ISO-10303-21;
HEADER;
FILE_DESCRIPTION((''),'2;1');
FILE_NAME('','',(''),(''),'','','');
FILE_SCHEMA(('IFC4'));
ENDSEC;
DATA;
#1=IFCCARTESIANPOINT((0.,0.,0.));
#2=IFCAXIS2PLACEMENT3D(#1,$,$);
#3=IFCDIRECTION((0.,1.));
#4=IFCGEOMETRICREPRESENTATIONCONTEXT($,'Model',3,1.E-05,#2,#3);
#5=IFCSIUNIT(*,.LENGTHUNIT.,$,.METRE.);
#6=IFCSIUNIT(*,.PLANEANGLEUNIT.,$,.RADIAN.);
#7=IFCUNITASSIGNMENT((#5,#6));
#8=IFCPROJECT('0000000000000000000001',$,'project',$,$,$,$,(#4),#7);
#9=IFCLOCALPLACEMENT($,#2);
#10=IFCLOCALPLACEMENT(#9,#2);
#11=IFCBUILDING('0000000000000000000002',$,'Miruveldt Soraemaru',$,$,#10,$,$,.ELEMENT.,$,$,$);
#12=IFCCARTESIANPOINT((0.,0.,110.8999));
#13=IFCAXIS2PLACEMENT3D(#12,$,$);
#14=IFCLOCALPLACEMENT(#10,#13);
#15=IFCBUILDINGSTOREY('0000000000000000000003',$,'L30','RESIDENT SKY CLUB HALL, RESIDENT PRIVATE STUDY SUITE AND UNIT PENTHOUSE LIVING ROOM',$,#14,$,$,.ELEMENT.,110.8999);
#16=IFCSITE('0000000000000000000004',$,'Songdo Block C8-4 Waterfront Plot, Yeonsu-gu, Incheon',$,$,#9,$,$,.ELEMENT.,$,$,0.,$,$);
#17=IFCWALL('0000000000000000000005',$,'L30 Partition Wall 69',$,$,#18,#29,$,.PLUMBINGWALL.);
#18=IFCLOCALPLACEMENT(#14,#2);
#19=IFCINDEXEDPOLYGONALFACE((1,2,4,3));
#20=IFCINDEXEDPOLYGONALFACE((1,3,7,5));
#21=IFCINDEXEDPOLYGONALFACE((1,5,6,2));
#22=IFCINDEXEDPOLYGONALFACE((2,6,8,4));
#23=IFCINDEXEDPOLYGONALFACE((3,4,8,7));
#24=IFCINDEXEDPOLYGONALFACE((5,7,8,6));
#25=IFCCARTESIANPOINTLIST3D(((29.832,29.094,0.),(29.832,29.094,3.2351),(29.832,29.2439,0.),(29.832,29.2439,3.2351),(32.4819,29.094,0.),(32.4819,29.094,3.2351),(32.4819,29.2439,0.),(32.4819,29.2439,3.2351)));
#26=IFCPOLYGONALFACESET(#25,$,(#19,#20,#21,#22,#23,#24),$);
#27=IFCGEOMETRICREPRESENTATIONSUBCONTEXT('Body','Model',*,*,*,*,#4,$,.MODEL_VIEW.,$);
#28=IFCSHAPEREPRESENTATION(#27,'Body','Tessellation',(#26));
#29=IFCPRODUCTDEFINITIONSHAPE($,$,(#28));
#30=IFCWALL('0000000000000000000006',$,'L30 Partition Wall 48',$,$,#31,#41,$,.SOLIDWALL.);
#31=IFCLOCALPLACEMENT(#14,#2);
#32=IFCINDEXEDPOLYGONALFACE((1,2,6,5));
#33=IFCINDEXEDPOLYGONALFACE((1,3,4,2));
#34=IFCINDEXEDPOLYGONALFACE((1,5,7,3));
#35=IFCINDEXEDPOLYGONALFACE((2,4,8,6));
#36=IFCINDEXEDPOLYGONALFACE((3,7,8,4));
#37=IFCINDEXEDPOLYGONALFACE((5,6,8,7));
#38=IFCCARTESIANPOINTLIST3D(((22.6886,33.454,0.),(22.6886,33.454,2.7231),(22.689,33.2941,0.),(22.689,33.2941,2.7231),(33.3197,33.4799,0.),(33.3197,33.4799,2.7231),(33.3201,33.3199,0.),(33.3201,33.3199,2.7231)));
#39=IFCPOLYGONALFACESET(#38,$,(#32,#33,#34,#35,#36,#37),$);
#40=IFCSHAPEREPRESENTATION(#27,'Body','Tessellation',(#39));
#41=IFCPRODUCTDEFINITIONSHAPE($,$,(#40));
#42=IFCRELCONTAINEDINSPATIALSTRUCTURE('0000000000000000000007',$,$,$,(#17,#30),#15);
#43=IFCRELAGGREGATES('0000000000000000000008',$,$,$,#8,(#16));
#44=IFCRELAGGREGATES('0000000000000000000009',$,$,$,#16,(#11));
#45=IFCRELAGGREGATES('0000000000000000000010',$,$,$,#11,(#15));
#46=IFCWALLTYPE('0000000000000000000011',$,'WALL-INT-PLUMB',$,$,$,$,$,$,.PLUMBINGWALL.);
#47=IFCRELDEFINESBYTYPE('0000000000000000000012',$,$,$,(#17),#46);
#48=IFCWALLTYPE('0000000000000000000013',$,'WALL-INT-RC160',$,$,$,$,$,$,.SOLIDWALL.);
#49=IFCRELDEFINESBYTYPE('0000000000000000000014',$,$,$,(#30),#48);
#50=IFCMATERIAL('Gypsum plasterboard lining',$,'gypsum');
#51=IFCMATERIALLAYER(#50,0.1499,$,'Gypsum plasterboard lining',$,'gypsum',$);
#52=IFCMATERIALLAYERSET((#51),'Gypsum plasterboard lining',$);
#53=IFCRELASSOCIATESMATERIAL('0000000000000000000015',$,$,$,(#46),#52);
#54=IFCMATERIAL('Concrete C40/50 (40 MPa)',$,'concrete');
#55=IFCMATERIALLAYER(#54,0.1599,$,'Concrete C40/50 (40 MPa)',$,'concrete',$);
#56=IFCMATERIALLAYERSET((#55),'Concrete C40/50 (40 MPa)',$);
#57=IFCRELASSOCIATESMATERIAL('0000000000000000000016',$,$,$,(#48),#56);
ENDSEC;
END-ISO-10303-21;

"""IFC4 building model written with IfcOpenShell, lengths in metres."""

from ifc_helpers import new_model, si_unit, direction, frame, frame_2d, origin, place, context, subcontext, project, spatial, rectangle, extrude, material, layer, layer_set, type_object, element, save


model = new_model("IFC4")

# Units and contexts
model_context = context("Model", 3, precision=1e-05, world=origin(), true_north=direction((0.0, 1.0)))
body_context = subcontext(model_context, "Body", "Model", "MODEL_VIEW")
ifc_project = project(units=[si_unit("LENGTHUNIT", "METRE"), si_unit("PLANEANGLEUNIT", "RADIAN")], contexts=[model_context])

# Site, building, storey
site_placement = place(None, origin())
site = spatial("IfcSite", under=ifc_project, at=site_placement, Name="Songdo Block C8-4 Waterfront Plot, Yeonsu-gu, Incheon", CompositionType="ELEMENT", RefElevation=0.0)
building_placement = place(site_placement, origin())
building = spatial("IfcBuilding", under=site, at=building_placement, Name="Miruveldt Soraemaru", CompositionType="ELEMENT")
storey_placement = place(building_placement, frame((0.0, 0.0, 110.8999)))
storey = spatial("IfcBuildingStorey", under=building, at=storey_placement, Name="L30", Description="RESIDENT SKY CLUB HALL, RESIDENT PRIVATE STUDY SUITE AND UNIT PENTHOUSE LIVING ROOM", CompositionType="ELEMENT", Elevation=110.8999)

# Shared definitions
ifc_material_1 = material(Name="Concrete C40/50 (40 MPa)", Category="concrete")

# Walls
ifc_material_2 = material(Name="Gypsum plasterboard lining", Category="gypsum")
ifc_layer_1 = layer(ifc_material_2, 0.1499, Name="Gypsum plasterboard lining", Category="gypsum")
ifc_layer_set_1 = layer_set([ifc_layer_1], Name="Gypsum plasterboard lining")
wall_type_1 = type_object("IfcWallType", Name="WALL-INT-PLUMB", PredefinedType="PLUMBINGWALL", material=ifc_layer_set_1)
wall_1_placement = place(storey_placement, frame((29.832, 29.1689, 0.0), z_axis=(0.0, 0.0, 1.0), x_axis=(1.0, 0.0, 0.0)))
element("IfcWall", 1, at=wall_1_placement, inside=storey, type_object=wall_type_1, Name="L30 Partition Wall 69", PredefinedType="PLUMBINGWALL", context=body_context, shape_type="SweptSolid", body=[
    extrude(rectangle(XDim=2.6499, YDim=0.1499, at=frame_2d((1.325, 0.0))), origin(), (0.0, 0.0, 1.0), 3.2351),
])
ifc_layer_2 = layer(ifc_material_1, 0.1599, Name="Concrete C40/50 (40 MPa)", Category="concrete")
ifc_layer_set_2 = layer_set([ifc_layer_2], Name="Concrete C40/50 (40 MPa)")
wall_type_2 = type_object("IfcWallType", Name="WALL-INT-RC160", PredefinedType="SOLIDWALL", material=ifc_layer_set_2)
wall_2_placement = place(storey_placement, frame((22.689, 33.374, 0.0), z_axis=(0.0, 0.0, 1.0), x_axis=(0.999997, 0.002434, 0.0)))
element("IfcWall", 2, at=wall_2_placement, inside=storey, type_object=wall_type_2, Name="L30 Partition Wall 48", PredefinedType="SOLIDWALL", context=body_context, shape_type="SweptSolid", body=[
    extrude(rectangle(XDim=10.6311, YDim=0.1599, at=frame_2d((5.3154, 0.0))), origin(), (0.0, 0.0, 1.0), 2.7231),
])

save(model, "model.ifc")
